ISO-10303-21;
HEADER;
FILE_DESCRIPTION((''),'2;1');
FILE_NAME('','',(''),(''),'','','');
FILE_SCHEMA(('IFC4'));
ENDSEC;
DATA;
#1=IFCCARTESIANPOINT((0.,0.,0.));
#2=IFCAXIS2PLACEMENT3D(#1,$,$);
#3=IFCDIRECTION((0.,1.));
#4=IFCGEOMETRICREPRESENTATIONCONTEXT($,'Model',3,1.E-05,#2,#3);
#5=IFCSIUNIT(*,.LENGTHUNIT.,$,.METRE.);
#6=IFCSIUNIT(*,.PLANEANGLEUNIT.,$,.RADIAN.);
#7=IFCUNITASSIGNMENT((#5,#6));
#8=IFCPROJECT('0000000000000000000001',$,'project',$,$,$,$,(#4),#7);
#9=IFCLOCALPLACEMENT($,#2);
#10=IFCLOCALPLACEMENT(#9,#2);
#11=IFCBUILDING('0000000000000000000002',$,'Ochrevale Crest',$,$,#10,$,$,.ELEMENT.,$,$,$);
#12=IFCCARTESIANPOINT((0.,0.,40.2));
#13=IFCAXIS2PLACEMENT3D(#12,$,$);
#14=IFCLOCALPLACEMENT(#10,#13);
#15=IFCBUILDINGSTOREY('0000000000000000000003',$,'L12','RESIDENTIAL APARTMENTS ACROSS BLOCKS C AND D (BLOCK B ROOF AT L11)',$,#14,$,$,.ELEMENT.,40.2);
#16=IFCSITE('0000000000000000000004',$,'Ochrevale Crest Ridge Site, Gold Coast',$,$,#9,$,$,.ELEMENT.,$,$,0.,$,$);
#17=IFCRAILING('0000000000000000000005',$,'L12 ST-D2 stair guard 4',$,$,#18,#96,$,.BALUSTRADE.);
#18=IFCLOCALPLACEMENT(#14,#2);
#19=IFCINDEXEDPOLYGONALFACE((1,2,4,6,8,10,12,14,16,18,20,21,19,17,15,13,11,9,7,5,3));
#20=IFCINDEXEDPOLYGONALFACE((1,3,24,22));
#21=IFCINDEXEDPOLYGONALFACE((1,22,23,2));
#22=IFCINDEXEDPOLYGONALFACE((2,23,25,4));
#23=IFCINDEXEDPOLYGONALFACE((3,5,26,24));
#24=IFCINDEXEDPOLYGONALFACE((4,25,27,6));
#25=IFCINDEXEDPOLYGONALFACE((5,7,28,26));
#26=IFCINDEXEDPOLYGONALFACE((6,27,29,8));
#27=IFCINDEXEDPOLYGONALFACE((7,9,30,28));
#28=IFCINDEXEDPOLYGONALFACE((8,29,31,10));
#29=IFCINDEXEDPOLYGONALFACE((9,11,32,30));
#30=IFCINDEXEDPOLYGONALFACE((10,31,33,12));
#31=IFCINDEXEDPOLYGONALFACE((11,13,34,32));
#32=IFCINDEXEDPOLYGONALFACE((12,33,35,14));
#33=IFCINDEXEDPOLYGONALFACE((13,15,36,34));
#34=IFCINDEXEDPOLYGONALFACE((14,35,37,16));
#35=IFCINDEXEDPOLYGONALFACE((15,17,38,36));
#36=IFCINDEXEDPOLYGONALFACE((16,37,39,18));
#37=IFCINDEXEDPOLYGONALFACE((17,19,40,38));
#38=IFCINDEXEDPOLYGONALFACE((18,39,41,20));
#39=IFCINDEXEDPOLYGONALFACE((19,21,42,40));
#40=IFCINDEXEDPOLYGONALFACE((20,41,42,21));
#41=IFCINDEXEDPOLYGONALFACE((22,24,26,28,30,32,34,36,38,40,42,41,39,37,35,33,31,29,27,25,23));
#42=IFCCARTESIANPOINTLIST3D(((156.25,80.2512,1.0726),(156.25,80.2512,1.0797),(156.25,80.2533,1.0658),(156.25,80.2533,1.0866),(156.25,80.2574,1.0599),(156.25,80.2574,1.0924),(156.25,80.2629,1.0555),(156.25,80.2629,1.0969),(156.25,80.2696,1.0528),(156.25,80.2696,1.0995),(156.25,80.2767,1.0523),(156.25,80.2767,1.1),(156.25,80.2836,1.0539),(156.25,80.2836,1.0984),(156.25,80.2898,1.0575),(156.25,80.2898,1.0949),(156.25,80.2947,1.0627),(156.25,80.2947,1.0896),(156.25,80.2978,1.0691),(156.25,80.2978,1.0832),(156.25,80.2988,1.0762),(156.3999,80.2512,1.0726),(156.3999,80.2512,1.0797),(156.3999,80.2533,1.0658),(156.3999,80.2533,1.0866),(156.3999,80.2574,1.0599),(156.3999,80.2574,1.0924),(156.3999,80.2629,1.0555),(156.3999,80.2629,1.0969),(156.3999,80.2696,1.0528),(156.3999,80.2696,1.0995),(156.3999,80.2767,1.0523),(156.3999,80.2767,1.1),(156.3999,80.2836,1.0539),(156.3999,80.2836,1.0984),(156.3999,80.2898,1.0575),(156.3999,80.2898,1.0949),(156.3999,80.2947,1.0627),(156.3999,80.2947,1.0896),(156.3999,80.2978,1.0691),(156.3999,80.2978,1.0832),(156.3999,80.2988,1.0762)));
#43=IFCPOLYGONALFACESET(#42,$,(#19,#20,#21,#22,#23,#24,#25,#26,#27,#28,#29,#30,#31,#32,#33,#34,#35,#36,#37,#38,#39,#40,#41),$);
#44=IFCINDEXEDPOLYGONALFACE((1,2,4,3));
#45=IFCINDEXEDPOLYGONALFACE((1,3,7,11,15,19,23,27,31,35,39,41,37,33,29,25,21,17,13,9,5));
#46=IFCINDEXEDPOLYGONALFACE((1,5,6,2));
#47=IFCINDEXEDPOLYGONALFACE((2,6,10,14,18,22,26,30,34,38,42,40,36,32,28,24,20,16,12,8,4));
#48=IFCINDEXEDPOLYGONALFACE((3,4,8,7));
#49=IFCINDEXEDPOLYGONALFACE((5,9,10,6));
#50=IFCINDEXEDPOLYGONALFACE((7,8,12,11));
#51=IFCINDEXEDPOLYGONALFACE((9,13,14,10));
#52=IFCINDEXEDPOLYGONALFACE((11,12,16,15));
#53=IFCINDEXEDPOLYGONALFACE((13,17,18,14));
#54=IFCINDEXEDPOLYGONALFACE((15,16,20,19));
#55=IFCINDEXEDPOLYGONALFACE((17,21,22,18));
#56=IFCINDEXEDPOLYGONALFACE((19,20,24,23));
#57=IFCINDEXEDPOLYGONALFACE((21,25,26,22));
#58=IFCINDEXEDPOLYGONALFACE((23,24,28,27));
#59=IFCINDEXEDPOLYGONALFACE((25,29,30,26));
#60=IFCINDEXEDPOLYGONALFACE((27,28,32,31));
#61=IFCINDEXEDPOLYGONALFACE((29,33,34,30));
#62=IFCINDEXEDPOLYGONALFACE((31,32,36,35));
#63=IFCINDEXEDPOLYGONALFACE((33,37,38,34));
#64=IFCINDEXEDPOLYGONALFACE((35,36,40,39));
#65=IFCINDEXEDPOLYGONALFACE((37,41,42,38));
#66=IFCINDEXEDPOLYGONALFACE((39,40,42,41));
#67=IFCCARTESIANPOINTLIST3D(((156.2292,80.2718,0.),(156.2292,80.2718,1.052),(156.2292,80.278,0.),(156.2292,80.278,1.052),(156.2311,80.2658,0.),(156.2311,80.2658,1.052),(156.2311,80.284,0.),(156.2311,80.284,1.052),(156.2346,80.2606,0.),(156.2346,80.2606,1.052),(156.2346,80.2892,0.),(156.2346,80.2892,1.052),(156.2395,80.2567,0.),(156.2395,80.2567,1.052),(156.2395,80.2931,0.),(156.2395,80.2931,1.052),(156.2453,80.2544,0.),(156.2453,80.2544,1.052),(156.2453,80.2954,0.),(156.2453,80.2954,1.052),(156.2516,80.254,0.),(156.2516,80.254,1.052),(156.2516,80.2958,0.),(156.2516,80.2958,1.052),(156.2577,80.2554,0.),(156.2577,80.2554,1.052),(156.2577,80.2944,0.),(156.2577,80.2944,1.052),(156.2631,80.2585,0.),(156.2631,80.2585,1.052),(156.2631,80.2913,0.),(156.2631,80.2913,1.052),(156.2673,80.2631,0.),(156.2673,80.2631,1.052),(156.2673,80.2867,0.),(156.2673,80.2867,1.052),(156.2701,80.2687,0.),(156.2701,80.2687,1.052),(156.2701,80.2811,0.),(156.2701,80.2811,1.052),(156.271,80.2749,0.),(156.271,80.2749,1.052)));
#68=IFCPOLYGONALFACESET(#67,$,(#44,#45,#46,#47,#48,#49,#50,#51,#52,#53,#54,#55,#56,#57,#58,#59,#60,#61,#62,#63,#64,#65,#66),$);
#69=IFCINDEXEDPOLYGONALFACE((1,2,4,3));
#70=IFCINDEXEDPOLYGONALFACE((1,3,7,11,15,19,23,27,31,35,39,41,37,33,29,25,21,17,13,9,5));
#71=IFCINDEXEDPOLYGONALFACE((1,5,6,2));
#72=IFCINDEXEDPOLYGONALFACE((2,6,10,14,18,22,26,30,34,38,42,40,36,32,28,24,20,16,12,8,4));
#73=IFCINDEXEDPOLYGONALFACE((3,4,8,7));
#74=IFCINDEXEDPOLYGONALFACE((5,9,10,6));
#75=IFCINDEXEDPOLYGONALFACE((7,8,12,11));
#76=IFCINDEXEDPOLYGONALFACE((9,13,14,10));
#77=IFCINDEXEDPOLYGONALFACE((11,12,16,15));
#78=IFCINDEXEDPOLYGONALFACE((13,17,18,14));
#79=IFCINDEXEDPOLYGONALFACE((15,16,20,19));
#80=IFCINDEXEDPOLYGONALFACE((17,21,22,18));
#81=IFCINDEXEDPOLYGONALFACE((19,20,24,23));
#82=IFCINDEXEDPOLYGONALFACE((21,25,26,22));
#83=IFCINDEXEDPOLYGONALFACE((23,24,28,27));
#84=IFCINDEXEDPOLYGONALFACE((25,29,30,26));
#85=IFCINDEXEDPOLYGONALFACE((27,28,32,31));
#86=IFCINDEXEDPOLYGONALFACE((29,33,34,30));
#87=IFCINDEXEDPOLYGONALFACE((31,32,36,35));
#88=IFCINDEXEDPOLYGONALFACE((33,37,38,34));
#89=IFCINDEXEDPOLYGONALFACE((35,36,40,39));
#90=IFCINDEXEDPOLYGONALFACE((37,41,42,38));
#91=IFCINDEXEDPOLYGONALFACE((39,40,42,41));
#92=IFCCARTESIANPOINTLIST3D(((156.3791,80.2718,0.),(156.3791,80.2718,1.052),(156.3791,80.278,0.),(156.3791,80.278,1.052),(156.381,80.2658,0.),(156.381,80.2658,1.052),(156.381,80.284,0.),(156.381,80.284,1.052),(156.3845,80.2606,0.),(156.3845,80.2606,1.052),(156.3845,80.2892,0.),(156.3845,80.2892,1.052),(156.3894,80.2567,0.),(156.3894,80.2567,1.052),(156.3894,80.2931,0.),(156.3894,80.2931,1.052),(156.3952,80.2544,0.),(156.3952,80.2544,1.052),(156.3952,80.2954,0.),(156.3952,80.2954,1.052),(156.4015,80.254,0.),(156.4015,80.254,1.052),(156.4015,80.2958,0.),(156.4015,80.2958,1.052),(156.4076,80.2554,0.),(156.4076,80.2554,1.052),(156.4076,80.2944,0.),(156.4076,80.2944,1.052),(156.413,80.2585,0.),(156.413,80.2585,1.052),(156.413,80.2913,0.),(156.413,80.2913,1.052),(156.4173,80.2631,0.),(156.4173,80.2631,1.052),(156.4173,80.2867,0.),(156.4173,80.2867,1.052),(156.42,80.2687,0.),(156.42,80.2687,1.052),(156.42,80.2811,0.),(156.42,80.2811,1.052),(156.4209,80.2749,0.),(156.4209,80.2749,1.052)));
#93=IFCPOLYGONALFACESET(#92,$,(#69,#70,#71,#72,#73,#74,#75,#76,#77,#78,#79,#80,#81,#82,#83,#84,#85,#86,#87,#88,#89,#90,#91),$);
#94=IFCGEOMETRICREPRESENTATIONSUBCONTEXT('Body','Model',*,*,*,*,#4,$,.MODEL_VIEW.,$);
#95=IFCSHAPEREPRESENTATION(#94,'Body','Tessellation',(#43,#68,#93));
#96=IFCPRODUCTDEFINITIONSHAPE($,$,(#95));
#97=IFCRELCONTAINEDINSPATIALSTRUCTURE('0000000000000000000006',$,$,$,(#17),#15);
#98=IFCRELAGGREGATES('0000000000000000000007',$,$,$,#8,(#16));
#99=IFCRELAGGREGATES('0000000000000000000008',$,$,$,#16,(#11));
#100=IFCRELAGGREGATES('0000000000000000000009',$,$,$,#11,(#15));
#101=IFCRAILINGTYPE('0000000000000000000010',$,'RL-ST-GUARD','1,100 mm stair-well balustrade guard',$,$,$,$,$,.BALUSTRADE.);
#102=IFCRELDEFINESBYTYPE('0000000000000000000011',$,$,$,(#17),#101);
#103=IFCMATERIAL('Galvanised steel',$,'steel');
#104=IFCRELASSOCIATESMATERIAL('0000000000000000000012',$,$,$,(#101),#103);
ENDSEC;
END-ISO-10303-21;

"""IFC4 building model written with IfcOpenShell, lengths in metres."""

from ifc_helpers import new_model, si_unit, direction, frame, origin, origin_2d, place, context, subcontext, project, spatial, circle, extrude, material, type_object, element, save


model = new_model("IFC4")

# Units and contexts
model_context = context("Model", 3, precision=1e-05, world=origin(), true_north=direction((0.0, 1.0)))
body_context = subcontext(model_context, "Body", "Model", "MODEL_VIEW")
ifc_project = project(units=[si_unit("LENGTHUNIT", "METRE"), si_unit("PLANEANGLEUNIT", "RADIAN")], contexts=[model_context])

# Site, building, storey
site_placement = place(None, origin())
site = spatial("IfcSite", under=ifc_project, at=site_placement, Name="Ochrevale Crest Ridge Site, Gold Coast", CompositionType="ELEMENT", RefElevation=0.0)
building_placement = place(site_placement, origin())
building = spatial("IfcBuilding", under=site, at=building_placement, Name="Ochrevale Crest", CompositionType="ELEMENT")
storey_placement = place(building_placement, frame((0.0, 0.0, 40.2)))
storey = spatial("IfcBuildingStorey", under=building, at=storey_placement, Name="L12", Description="RESIDENTIAL APARTMENTS ACROSS BLOCKS C AND D (BLOCK B ROOF AT L11)", CompositionType="ELEMENT", Elevation=40.2)

# Railing
ifc_material_1 = material(Name="Galvanised steel", Category="steel")
railing_type = type_object("IfcRailingType", Name="RL-ST-GUARD", Description="1,100 mm stair-well balustrade guard", PredefinedType="BALUSTRADE", material=ifc_material_1)
railing_1_placement = place(storey_placement, frame((156.25, 80.2749, 0.0)))
element("IfcRailing", 1, at=railing_1_placement, inside=storey, type_object=railing_type, Name="L12 ST-D2 stair guard 4", PredefinedType="BALUSTRADE", context=body_context, shape_type="SweptSolid", body=[
    extrude(circle(Radius=0.0239, at=origin_2d()), frame((0.0, 0.0, 1.0762), z_axis=(1.0, 0.0, 0.0), x_axis=(0.0, 1.0, 0.0)), (0.0, 0.0, 1.0), 0.1499),
    extrude(circle(Radius=0.021, at=origin_2d()), origin(), (0.0, 0.0, 1.0), 1.052),
    extrude(circle(Radius=0.021, at=origin_2d()), frame((0.1499, 0.0, 0.0)), (0.0, 0.0, 1.0), 1.052),
])

save(model, "model.ifc")
